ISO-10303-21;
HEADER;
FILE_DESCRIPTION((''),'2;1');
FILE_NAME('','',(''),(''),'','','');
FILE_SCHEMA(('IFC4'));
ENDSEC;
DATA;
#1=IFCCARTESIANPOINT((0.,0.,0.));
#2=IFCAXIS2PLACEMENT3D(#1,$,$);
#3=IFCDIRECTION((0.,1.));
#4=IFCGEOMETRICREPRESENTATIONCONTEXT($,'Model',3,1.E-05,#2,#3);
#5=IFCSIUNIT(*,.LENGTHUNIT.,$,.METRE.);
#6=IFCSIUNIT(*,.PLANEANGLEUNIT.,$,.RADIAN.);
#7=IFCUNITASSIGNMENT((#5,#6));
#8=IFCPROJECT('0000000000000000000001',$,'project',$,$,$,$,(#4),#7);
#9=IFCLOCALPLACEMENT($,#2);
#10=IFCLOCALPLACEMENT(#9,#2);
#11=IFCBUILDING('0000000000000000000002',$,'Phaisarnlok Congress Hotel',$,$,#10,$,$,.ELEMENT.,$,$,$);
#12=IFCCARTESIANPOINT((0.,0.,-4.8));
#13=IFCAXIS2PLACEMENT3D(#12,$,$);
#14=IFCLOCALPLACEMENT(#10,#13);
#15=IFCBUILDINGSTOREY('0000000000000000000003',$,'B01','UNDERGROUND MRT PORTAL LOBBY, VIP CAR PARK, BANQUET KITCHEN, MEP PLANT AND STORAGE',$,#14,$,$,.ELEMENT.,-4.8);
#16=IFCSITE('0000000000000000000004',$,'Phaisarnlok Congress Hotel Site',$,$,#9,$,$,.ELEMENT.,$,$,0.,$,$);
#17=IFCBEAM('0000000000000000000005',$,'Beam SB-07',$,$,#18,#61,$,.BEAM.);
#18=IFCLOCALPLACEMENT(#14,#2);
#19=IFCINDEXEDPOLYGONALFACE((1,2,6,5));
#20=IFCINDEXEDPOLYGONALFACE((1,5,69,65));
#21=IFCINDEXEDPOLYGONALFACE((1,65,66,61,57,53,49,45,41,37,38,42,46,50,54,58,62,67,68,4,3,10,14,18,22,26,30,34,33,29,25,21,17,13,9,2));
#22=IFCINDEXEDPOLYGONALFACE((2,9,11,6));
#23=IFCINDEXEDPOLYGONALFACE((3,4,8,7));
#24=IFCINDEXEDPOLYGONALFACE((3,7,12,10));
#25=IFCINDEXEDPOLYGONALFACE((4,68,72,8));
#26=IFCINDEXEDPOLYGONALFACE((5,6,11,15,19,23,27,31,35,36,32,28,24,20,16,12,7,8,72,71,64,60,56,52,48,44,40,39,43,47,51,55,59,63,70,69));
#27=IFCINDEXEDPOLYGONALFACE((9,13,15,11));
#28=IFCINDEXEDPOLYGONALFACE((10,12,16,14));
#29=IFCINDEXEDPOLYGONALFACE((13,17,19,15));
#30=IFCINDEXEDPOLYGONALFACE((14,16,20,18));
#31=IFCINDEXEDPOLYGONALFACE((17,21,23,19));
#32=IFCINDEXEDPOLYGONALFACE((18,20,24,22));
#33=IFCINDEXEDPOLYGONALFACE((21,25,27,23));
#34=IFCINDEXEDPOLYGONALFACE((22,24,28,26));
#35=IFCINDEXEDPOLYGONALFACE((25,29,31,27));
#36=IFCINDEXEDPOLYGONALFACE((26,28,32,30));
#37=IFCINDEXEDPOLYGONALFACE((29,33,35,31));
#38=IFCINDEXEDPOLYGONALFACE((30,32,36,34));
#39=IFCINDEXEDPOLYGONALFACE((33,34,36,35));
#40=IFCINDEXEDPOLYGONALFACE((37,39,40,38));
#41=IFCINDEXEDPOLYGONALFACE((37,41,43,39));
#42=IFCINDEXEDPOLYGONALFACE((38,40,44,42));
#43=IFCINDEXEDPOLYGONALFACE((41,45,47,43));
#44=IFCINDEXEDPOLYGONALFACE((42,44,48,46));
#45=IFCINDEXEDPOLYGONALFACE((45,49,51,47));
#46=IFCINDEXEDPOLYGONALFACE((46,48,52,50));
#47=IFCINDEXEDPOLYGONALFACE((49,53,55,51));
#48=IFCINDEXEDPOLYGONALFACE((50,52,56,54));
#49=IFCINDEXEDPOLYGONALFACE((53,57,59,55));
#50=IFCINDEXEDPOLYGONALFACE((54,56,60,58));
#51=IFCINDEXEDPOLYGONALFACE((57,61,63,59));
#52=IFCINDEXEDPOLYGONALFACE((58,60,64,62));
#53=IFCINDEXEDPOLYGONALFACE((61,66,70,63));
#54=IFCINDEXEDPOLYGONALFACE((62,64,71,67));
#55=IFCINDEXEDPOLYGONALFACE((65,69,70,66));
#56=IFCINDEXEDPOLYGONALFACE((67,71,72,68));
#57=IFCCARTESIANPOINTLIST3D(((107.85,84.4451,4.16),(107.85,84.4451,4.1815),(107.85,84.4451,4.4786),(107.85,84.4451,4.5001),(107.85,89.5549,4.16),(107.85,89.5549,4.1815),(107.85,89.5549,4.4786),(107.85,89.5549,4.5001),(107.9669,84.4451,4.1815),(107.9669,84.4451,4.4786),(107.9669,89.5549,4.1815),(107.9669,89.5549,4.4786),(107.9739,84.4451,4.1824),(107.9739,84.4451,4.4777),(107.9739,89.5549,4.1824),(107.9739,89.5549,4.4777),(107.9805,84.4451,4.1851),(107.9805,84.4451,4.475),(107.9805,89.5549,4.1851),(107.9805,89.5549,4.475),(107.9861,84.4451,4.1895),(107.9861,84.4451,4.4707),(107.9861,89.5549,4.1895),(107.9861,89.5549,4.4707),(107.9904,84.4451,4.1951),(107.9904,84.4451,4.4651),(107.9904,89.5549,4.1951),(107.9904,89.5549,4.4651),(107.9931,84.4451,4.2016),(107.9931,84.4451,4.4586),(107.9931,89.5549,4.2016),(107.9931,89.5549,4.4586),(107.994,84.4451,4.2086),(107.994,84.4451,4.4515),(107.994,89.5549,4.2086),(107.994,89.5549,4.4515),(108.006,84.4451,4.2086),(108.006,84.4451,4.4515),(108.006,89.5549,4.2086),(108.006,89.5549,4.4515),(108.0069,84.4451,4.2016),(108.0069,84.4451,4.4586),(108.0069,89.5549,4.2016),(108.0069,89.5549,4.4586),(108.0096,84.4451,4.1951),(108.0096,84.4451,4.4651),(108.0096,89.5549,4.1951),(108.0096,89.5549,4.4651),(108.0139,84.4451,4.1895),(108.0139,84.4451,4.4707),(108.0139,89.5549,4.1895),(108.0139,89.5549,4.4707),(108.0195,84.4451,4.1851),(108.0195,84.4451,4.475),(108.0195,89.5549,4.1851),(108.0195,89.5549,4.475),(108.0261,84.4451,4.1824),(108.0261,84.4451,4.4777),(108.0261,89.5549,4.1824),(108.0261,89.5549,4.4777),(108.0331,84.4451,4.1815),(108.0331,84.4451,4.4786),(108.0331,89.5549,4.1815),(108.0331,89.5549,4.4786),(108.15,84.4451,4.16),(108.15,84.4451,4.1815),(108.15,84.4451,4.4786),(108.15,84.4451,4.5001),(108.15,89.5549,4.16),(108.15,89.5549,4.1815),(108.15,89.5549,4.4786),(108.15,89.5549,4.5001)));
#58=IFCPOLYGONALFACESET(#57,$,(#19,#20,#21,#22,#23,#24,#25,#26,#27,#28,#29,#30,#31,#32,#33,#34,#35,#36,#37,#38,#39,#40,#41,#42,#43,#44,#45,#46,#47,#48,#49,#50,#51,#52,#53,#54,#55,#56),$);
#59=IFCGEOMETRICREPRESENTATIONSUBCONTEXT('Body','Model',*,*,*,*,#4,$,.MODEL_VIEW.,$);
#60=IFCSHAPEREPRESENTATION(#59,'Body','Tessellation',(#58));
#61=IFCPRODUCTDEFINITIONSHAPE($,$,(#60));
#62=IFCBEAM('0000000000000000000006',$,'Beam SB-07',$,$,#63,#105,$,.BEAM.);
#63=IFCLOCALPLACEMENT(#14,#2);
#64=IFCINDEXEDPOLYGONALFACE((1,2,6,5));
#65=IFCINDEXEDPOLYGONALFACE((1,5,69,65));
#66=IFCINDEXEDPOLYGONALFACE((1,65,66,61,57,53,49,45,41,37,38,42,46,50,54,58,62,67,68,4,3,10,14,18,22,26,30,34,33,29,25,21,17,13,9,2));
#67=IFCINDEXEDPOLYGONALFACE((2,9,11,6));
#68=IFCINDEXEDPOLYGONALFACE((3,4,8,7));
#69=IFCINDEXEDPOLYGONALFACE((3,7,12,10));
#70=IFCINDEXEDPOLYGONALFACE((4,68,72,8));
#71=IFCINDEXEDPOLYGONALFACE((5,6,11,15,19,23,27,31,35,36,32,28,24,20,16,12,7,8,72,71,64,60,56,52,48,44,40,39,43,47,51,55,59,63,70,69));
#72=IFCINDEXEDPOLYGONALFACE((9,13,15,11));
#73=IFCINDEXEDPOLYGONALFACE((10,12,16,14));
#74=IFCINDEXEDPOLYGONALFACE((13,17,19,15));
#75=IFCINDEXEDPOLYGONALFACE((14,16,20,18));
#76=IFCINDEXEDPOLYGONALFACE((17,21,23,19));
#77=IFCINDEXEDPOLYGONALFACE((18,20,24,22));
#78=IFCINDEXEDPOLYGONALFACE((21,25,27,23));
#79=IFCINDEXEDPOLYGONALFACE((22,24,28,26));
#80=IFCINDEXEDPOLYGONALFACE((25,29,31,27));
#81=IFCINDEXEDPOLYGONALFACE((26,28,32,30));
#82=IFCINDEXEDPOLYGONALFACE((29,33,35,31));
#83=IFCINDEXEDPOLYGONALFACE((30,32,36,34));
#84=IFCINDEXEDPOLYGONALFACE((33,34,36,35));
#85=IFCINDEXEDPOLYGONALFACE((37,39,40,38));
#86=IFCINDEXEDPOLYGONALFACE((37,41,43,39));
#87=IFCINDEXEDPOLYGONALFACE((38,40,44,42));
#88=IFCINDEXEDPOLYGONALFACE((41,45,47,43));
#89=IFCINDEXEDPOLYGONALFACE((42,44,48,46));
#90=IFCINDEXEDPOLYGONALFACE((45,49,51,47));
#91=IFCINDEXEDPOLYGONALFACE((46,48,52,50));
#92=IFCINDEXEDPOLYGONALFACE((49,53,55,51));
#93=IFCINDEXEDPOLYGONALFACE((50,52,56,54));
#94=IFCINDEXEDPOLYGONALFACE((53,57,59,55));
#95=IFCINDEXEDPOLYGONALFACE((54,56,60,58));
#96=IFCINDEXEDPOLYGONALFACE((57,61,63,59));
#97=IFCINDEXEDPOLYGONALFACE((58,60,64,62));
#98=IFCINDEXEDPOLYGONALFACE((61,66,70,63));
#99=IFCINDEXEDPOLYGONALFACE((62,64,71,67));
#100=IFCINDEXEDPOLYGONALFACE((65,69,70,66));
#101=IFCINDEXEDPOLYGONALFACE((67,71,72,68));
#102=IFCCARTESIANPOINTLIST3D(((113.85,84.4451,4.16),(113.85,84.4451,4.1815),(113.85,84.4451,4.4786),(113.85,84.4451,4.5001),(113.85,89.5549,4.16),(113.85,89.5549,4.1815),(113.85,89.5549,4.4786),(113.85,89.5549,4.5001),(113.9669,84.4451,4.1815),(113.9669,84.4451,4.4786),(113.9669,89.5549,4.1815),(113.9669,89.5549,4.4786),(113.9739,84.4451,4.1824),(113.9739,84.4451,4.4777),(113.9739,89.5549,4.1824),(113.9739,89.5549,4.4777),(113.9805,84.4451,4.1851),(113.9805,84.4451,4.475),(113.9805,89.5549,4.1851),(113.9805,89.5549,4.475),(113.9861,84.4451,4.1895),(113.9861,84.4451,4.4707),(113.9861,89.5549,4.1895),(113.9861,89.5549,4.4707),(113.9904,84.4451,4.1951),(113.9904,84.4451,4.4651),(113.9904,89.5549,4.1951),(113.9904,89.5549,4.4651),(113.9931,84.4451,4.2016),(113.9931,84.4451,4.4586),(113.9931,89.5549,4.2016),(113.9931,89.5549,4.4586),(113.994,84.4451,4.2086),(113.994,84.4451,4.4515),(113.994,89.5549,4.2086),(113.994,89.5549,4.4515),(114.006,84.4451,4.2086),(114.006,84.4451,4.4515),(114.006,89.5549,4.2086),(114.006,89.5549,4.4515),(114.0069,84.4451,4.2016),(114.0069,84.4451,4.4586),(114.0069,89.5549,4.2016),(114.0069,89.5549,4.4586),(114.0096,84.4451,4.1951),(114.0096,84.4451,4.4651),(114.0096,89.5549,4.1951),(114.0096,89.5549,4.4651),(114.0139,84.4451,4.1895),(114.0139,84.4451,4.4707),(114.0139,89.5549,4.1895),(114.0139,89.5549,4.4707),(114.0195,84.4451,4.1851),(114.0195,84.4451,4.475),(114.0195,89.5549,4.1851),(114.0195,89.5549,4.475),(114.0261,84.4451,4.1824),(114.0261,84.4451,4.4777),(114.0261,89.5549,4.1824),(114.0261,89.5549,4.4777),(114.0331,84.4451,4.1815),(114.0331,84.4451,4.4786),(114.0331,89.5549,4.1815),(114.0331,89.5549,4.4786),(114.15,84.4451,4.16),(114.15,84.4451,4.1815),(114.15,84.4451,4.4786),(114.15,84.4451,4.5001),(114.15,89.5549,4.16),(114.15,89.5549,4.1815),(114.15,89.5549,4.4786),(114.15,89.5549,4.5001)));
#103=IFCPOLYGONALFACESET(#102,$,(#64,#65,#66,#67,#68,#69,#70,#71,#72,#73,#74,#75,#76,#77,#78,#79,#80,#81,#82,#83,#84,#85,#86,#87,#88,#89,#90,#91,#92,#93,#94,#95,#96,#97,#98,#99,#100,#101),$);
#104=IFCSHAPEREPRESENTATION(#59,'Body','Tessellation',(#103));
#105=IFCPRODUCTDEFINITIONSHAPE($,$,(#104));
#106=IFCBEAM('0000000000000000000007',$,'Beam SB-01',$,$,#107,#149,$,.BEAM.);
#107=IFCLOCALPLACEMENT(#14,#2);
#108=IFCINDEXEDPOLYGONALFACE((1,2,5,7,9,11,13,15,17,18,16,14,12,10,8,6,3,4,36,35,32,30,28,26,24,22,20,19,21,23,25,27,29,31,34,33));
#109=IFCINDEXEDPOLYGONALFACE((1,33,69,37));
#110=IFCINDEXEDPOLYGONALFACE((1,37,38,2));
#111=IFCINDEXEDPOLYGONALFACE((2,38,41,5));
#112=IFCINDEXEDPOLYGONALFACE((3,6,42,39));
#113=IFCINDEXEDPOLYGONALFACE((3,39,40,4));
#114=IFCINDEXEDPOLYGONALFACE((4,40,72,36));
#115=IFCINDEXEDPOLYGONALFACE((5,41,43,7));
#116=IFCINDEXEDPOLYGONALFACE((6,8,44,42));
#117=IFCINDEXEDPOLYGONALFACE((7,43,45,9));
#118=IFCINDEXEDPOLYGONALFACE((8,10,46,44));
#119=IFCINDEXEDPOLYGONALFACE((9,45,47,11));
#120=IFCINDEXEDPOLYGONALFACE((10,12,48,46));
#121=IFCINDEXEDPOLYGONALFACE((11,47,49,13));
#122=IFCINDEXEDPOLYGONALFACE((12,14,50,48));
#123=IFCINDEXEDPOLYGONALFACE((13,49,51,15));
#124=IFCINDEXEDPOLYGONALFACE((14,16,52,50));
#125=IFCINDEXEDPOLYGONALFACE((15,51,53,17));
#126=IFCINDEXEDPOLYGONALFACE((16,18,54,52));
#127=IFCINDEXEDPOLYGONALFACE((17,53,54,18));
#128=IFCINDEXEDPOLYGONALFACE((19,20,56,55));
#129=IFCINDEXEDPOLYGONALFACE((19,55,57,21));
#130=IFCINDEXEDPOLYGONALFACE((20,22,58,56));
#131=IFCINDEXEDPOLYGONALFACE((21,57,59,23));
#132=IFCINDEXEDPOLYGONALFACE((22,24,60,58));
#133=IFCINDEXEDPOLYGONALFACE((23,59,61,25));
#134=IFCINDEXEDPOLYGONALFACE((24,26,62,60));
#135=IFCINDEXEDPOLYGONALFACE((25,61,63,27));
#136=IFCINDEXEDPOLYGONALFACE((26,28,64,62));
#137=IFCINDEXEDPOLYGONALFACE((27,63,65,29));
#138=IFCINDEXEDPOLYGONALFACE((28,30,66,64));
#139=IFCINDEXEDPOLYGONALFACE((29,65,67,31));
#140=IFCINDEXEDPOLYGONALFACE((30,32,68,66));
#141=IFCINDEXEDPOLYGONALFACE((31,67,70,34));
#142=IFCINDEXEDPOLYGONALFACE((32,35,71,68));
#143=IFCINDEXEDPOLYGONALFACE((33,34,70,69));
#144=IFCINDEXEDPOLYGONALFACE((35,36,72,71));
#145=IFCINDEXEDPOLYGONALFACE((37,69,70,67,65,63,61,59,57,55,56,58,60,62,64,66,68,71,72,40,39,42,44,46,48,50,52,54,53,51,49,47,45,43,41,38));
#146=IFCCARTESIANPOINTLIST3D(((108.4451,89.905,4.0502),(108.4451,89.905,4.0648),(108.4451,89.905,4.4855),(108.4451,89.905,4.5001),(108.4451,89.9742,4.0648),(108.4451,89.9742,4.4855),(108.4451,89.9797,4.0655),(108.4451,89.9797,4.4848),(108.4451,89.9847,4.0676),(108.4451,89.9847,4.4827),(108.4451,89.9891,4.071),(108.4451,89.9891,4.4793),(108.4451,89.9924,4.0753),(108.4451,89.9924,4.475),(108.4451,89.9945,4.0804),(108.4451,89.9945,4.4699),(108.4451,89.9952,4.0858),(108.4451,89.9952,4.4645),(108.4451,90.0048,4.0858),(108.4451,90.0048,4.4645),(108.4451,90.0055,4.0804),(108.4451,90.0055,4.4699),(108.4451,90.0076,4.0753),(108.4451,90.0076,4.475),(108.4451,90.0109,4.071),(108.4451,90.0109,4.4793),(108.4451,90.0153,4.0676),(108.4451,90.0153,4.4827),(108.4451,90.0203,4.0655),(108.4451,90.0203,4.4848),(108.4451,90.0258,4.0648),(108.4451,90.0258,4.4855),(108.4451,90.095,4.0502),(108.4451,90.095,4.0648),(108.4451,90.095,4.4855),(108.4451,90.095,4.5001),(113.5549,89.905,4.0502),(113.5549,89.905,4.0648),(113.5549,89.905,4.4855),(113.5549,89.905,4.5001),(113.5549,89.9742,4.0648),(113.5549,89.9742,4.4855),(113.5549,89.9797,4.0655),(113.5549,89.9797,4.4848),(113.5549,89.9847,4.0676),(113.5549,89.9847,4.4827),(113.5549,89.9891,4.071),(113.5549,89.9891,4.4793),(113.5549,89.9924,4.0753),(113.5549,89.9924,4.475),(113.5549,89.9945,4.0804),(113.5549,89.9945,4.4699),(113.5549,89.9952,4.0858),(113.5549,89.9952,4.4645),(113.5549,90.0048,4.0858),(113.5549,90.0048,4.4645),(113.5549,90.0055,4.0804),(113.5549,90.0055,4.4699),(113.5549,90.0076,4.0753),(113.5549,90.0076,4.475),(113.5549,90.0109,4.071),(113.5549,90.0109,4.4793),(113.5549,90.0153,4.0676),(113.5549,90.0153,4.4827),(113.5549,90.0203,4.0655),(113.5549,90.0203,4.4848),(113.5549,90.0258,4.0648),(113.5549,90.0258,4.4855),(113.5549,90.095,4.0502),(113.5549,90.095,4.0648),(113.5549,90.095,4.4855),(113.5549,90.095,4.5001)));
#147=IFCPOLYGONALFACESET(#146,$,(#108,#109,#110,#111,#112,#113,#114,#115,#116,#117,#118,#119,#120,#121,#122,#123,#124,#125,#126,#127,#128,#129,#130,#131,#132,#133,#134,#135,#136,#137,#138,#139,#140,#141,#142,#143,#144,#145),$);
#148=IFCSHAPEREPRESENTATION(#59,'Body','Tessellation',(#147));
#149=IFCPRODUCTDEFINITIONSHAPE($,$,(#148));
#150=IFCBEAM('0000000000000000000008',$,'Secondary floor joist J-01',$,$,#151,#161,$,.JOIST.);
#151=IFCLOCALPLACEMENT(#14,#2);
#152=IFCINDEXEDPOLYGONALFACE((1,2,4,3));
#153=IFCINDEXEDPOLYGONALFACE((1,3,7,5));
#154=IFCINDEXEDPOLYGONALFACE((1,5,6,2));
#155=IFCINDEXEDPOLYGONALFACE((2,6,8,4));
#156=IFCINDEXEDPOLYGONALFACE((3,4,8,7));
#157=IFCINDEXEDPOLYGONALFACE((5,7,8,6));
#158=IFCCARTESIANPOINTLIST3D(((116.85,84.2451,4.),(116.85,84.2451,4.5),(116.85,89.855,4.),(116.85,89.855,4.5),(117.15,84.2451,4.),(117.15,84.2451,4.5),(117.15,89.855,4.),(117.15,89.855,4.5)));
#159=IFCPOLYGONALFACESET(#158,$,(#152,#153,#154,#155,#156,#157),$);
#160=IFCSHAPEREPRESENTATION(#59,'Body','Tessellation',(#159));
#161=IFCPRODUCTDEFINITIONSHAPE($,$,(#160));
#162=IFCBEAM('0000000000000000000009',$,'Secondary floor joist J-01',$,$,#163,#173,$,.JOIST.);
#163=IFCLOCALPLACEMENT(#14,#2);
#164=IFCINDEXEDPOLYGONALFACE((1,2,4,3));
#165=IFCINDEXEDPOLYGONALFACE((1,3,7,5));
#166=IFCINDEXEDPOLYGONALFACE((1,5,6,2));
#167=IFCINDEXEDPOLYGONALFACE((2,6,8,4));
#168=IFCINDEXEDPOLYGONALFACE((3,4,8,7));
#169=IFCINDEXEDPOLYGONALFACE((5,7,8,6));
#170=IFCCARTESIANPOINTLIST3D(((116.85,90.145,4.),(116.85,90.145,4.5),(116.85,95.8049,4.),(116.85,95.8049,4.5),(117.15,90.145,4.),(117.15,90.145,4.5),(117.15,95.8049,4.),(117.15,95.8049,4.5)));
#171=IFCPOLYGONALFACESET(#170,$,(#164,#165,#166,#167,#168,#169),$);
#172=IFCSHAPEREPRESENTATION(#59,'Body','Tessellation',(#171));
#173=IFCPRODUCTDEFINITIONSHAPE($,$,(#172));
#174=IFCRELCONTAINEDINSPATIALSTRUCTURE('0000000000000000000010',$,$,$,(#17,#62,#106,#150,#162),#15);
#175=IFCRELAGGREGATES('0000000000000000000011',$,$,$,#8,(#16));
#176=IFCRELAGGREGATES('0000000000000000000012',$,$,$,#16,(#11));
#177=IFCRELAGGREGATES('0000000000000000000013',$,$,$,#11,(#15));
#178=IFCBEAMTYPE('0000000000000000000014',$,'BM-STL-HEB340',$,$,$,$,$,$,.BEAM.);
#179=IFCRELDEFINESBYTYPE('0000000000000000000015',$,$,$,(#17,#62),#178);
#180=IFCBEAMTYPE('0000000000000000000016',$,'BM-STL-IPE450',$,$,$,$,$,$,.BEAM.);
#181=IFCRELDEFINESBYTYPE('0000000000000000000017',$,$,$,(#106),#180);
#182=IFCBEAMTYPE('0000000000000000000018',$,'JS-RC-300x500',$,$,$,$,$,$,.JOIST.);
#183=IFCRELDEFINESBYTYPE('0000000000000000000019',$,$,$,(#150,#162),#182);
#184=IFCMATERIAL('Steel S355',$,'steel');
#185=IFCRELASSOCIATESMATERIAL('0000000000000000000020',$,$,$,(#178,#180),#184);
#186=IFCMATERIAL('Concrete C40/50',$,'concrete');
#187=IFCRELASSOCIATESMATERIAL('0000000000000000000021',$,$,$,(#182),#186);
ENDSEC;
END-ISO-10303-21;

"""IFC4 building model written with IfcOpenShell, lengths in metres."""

from ifc_helpers import new_model, si_unit, direction, frame, origin, origin_2d, place, context, subcontext, project, spatial, rectangle, i_section, extrude, material, material_profile, profile_set, type_object, element, save


model = new_model("IFC4")

# Units and contexts
model_context = context("Model", 3, precision=1e-05, world=origin(), true_north=direction((0.0, 1.0)))
body_context = subcontext(model_context, "Body", "Model", "MODEL_VIEW")
ifc_project = project(units=[si_unit("LENGTHUNIT", "METRE"), si_unit("PLANEANGLEUNIT", "RADIAN")], contexts=[model_context])

# Site, building, storey
site_placement = place(None, origin())
site = spatial("IfcSite", under=ifc_project, at=site_placement, Name="Phaisarnlok Congress Hotel Site", CompositionType="ELEMENT", RefElevation=0.0)
building_placement = place(site_placement, origin())
building = spatial("IfcBuilding", under=site, at=building_placement, Name="Phaisarnlok Congress Hotel", CompositionType="ELEMENT")
storey_placement = place(building_placement, frame((0.0, 0.0, -4.8)))
storey = spatial("IfcBuildingStorey", under=building, at=storey_placement, Name="B01", Description="UNDERGROUND MRT PORTAL LOBBY, VIP CAR PARK, BANQUET KITCHEN, MEP PLANT AND STORAGE", CompositionType="ELEMENT", Elevation=-4.8)

# Shared definitions
ifc_material_1 = material(Name="Concrete C40/50", Category="concrete")

# Beams
ifc_material_2 = material(Name="Steel S355", Category="steel")
ifc_material_profile_1 = material_profile(ifc_material_2, i_section(OverallWidth=0.3, OverallDepth=0.3401, WebThickness=0.012, FlangeThickness=0.0215, FilletRadius=0.0271, at=origin_2d()), Name="HEB 340")
ifc_profile_set_1 = profile_set([ifc_material_profile_1], Name="Steel S355")
beam_type_1 = type_object("IfcBeamType", Name="BM-STL-HEB340", PredefinedType="BEAM", material=ifc_profile_set_1)
for number, where, z_axis, x_axis, name in (
    (1, (108.0, 84.4451, 4.3301), (0.0, 1.0, 0.0), (-1.0, 0.0, 0.0), "Beam SB-07"),
    (2, (114.0, 84.4451, 4.3301), (0.0, 1.0, 0.0), (-1.0, 0.0, 0.0), "Beam SB-07"),
):
    element("IfcBeam", number, at=place(storey_placement, frame(where, z_axis=z_axis, x_axis=x_axis)), inside=storey, type_object=beam_type_1, Name=name, PredefinedType="BEAM", context=body_context, shape_type="SweptSolid", body=[
        extrude(i_section(OverallWidth=0.3, OverallDepth=0.3401, WebThickness=0.012, FlangeThickness=0.0215, FilletRadius=0.0271, at=origin_2d()), origin(), (0.0, 0.0, 1.0), 5.1099),
    ])
ifc_material_profile_2 = material_profile(ifc_material_2, i_section(OverallWidth=0.1899, OverallDepth=0.45, WebThickness=0.0095, FlangeThickness=0.0146, FilletRadius=0.021, at=origin_2d()), Name="IPE 450")
ifc_profile_set_2 = profile_set([ifc_material_profile_2], Name="Steel S355")
beam_type_2 = type_object("IfcBeamType", Name="BM-STL-IPE450", PredefinedType="BEAM", material=ifc_profile_set_2)
beam_1_placement = place(storey_placement, frame((108.4451, 90.0, 4.2751), z_axis=(1.0, 0.0, 0.0), x_axis=(0.0, 1.0, 0.0)))
element("IfcBeam", 3, at=beam_1_placement, inside=storey, type_object=beam_type_2, Name="Beam SB-01", PredefinedType="BEAM", context=body_context, shape_type="SweptSolid", body=[
    extrude(i_section(OverallWidth=0.1899, OverallDepth=0.45, WebThickness=0.0095, FlangeThickness=0.0146, FilletRadius=0.021, at=origin_2d()), origin(), (0.0, 0.0, 1.0), 5.1099),
])
ifc_material_profile_3 = material_profile(ifc_material_1, rectangle(XDim=0.3, YDim=0.5, at=origin_2d()), Name="RC 300x500")
ifc_profile_set_3 = profile_set([ifc_material_profile_3], Name="Concrete C40/50")
beam_type_3 = type_object("IfcBeamType", Name="JS-RC-300x500", PredefinedType="JOIST", material=ifc_profile_set_3)
beam_2_placement = place(storey_placement, frame((117.0, 84.2451, 4.25), z_axis=(0.0, 1.0, 0.0), x_axis=(-1.0, 0.0, 0.0)))
element("IfcBeam", 4, at=beam_2_placement, inside=storey, type_object=beam_type_3, Name="Secondary floor joist J-01", PredefinedType="JOIST", context=body_context, shape_type="SweptSolid", body=[
    extrude(rectangle(XDim=0.3, YDim=0.5, at=origin_2d()), origin(), (0.0, 0.0, 1.0), 5.6099),
])
beam_3_placement = place(storey_placement, frame((117.0, 90.145, 4.25), z_axis=(0.0, 1.0, 0.0), x_axis=(-1.0, 0.0, 0.0)))
element("IfcBeam", 5, at=beam_3_placement, inside=storey, type_object=beam_type_3, Name="Secondary floor joist J-01", PredefinedType="JOIST", context=body_context, shape_type="SweptSolid", body=[
    extrude(rectangle(XDim=0.3, YDim=0.5, at=origin_2d()), origin(), (0.0, 0.0, 1.0), 5.6599),
])

save(model, "model.ifc")
